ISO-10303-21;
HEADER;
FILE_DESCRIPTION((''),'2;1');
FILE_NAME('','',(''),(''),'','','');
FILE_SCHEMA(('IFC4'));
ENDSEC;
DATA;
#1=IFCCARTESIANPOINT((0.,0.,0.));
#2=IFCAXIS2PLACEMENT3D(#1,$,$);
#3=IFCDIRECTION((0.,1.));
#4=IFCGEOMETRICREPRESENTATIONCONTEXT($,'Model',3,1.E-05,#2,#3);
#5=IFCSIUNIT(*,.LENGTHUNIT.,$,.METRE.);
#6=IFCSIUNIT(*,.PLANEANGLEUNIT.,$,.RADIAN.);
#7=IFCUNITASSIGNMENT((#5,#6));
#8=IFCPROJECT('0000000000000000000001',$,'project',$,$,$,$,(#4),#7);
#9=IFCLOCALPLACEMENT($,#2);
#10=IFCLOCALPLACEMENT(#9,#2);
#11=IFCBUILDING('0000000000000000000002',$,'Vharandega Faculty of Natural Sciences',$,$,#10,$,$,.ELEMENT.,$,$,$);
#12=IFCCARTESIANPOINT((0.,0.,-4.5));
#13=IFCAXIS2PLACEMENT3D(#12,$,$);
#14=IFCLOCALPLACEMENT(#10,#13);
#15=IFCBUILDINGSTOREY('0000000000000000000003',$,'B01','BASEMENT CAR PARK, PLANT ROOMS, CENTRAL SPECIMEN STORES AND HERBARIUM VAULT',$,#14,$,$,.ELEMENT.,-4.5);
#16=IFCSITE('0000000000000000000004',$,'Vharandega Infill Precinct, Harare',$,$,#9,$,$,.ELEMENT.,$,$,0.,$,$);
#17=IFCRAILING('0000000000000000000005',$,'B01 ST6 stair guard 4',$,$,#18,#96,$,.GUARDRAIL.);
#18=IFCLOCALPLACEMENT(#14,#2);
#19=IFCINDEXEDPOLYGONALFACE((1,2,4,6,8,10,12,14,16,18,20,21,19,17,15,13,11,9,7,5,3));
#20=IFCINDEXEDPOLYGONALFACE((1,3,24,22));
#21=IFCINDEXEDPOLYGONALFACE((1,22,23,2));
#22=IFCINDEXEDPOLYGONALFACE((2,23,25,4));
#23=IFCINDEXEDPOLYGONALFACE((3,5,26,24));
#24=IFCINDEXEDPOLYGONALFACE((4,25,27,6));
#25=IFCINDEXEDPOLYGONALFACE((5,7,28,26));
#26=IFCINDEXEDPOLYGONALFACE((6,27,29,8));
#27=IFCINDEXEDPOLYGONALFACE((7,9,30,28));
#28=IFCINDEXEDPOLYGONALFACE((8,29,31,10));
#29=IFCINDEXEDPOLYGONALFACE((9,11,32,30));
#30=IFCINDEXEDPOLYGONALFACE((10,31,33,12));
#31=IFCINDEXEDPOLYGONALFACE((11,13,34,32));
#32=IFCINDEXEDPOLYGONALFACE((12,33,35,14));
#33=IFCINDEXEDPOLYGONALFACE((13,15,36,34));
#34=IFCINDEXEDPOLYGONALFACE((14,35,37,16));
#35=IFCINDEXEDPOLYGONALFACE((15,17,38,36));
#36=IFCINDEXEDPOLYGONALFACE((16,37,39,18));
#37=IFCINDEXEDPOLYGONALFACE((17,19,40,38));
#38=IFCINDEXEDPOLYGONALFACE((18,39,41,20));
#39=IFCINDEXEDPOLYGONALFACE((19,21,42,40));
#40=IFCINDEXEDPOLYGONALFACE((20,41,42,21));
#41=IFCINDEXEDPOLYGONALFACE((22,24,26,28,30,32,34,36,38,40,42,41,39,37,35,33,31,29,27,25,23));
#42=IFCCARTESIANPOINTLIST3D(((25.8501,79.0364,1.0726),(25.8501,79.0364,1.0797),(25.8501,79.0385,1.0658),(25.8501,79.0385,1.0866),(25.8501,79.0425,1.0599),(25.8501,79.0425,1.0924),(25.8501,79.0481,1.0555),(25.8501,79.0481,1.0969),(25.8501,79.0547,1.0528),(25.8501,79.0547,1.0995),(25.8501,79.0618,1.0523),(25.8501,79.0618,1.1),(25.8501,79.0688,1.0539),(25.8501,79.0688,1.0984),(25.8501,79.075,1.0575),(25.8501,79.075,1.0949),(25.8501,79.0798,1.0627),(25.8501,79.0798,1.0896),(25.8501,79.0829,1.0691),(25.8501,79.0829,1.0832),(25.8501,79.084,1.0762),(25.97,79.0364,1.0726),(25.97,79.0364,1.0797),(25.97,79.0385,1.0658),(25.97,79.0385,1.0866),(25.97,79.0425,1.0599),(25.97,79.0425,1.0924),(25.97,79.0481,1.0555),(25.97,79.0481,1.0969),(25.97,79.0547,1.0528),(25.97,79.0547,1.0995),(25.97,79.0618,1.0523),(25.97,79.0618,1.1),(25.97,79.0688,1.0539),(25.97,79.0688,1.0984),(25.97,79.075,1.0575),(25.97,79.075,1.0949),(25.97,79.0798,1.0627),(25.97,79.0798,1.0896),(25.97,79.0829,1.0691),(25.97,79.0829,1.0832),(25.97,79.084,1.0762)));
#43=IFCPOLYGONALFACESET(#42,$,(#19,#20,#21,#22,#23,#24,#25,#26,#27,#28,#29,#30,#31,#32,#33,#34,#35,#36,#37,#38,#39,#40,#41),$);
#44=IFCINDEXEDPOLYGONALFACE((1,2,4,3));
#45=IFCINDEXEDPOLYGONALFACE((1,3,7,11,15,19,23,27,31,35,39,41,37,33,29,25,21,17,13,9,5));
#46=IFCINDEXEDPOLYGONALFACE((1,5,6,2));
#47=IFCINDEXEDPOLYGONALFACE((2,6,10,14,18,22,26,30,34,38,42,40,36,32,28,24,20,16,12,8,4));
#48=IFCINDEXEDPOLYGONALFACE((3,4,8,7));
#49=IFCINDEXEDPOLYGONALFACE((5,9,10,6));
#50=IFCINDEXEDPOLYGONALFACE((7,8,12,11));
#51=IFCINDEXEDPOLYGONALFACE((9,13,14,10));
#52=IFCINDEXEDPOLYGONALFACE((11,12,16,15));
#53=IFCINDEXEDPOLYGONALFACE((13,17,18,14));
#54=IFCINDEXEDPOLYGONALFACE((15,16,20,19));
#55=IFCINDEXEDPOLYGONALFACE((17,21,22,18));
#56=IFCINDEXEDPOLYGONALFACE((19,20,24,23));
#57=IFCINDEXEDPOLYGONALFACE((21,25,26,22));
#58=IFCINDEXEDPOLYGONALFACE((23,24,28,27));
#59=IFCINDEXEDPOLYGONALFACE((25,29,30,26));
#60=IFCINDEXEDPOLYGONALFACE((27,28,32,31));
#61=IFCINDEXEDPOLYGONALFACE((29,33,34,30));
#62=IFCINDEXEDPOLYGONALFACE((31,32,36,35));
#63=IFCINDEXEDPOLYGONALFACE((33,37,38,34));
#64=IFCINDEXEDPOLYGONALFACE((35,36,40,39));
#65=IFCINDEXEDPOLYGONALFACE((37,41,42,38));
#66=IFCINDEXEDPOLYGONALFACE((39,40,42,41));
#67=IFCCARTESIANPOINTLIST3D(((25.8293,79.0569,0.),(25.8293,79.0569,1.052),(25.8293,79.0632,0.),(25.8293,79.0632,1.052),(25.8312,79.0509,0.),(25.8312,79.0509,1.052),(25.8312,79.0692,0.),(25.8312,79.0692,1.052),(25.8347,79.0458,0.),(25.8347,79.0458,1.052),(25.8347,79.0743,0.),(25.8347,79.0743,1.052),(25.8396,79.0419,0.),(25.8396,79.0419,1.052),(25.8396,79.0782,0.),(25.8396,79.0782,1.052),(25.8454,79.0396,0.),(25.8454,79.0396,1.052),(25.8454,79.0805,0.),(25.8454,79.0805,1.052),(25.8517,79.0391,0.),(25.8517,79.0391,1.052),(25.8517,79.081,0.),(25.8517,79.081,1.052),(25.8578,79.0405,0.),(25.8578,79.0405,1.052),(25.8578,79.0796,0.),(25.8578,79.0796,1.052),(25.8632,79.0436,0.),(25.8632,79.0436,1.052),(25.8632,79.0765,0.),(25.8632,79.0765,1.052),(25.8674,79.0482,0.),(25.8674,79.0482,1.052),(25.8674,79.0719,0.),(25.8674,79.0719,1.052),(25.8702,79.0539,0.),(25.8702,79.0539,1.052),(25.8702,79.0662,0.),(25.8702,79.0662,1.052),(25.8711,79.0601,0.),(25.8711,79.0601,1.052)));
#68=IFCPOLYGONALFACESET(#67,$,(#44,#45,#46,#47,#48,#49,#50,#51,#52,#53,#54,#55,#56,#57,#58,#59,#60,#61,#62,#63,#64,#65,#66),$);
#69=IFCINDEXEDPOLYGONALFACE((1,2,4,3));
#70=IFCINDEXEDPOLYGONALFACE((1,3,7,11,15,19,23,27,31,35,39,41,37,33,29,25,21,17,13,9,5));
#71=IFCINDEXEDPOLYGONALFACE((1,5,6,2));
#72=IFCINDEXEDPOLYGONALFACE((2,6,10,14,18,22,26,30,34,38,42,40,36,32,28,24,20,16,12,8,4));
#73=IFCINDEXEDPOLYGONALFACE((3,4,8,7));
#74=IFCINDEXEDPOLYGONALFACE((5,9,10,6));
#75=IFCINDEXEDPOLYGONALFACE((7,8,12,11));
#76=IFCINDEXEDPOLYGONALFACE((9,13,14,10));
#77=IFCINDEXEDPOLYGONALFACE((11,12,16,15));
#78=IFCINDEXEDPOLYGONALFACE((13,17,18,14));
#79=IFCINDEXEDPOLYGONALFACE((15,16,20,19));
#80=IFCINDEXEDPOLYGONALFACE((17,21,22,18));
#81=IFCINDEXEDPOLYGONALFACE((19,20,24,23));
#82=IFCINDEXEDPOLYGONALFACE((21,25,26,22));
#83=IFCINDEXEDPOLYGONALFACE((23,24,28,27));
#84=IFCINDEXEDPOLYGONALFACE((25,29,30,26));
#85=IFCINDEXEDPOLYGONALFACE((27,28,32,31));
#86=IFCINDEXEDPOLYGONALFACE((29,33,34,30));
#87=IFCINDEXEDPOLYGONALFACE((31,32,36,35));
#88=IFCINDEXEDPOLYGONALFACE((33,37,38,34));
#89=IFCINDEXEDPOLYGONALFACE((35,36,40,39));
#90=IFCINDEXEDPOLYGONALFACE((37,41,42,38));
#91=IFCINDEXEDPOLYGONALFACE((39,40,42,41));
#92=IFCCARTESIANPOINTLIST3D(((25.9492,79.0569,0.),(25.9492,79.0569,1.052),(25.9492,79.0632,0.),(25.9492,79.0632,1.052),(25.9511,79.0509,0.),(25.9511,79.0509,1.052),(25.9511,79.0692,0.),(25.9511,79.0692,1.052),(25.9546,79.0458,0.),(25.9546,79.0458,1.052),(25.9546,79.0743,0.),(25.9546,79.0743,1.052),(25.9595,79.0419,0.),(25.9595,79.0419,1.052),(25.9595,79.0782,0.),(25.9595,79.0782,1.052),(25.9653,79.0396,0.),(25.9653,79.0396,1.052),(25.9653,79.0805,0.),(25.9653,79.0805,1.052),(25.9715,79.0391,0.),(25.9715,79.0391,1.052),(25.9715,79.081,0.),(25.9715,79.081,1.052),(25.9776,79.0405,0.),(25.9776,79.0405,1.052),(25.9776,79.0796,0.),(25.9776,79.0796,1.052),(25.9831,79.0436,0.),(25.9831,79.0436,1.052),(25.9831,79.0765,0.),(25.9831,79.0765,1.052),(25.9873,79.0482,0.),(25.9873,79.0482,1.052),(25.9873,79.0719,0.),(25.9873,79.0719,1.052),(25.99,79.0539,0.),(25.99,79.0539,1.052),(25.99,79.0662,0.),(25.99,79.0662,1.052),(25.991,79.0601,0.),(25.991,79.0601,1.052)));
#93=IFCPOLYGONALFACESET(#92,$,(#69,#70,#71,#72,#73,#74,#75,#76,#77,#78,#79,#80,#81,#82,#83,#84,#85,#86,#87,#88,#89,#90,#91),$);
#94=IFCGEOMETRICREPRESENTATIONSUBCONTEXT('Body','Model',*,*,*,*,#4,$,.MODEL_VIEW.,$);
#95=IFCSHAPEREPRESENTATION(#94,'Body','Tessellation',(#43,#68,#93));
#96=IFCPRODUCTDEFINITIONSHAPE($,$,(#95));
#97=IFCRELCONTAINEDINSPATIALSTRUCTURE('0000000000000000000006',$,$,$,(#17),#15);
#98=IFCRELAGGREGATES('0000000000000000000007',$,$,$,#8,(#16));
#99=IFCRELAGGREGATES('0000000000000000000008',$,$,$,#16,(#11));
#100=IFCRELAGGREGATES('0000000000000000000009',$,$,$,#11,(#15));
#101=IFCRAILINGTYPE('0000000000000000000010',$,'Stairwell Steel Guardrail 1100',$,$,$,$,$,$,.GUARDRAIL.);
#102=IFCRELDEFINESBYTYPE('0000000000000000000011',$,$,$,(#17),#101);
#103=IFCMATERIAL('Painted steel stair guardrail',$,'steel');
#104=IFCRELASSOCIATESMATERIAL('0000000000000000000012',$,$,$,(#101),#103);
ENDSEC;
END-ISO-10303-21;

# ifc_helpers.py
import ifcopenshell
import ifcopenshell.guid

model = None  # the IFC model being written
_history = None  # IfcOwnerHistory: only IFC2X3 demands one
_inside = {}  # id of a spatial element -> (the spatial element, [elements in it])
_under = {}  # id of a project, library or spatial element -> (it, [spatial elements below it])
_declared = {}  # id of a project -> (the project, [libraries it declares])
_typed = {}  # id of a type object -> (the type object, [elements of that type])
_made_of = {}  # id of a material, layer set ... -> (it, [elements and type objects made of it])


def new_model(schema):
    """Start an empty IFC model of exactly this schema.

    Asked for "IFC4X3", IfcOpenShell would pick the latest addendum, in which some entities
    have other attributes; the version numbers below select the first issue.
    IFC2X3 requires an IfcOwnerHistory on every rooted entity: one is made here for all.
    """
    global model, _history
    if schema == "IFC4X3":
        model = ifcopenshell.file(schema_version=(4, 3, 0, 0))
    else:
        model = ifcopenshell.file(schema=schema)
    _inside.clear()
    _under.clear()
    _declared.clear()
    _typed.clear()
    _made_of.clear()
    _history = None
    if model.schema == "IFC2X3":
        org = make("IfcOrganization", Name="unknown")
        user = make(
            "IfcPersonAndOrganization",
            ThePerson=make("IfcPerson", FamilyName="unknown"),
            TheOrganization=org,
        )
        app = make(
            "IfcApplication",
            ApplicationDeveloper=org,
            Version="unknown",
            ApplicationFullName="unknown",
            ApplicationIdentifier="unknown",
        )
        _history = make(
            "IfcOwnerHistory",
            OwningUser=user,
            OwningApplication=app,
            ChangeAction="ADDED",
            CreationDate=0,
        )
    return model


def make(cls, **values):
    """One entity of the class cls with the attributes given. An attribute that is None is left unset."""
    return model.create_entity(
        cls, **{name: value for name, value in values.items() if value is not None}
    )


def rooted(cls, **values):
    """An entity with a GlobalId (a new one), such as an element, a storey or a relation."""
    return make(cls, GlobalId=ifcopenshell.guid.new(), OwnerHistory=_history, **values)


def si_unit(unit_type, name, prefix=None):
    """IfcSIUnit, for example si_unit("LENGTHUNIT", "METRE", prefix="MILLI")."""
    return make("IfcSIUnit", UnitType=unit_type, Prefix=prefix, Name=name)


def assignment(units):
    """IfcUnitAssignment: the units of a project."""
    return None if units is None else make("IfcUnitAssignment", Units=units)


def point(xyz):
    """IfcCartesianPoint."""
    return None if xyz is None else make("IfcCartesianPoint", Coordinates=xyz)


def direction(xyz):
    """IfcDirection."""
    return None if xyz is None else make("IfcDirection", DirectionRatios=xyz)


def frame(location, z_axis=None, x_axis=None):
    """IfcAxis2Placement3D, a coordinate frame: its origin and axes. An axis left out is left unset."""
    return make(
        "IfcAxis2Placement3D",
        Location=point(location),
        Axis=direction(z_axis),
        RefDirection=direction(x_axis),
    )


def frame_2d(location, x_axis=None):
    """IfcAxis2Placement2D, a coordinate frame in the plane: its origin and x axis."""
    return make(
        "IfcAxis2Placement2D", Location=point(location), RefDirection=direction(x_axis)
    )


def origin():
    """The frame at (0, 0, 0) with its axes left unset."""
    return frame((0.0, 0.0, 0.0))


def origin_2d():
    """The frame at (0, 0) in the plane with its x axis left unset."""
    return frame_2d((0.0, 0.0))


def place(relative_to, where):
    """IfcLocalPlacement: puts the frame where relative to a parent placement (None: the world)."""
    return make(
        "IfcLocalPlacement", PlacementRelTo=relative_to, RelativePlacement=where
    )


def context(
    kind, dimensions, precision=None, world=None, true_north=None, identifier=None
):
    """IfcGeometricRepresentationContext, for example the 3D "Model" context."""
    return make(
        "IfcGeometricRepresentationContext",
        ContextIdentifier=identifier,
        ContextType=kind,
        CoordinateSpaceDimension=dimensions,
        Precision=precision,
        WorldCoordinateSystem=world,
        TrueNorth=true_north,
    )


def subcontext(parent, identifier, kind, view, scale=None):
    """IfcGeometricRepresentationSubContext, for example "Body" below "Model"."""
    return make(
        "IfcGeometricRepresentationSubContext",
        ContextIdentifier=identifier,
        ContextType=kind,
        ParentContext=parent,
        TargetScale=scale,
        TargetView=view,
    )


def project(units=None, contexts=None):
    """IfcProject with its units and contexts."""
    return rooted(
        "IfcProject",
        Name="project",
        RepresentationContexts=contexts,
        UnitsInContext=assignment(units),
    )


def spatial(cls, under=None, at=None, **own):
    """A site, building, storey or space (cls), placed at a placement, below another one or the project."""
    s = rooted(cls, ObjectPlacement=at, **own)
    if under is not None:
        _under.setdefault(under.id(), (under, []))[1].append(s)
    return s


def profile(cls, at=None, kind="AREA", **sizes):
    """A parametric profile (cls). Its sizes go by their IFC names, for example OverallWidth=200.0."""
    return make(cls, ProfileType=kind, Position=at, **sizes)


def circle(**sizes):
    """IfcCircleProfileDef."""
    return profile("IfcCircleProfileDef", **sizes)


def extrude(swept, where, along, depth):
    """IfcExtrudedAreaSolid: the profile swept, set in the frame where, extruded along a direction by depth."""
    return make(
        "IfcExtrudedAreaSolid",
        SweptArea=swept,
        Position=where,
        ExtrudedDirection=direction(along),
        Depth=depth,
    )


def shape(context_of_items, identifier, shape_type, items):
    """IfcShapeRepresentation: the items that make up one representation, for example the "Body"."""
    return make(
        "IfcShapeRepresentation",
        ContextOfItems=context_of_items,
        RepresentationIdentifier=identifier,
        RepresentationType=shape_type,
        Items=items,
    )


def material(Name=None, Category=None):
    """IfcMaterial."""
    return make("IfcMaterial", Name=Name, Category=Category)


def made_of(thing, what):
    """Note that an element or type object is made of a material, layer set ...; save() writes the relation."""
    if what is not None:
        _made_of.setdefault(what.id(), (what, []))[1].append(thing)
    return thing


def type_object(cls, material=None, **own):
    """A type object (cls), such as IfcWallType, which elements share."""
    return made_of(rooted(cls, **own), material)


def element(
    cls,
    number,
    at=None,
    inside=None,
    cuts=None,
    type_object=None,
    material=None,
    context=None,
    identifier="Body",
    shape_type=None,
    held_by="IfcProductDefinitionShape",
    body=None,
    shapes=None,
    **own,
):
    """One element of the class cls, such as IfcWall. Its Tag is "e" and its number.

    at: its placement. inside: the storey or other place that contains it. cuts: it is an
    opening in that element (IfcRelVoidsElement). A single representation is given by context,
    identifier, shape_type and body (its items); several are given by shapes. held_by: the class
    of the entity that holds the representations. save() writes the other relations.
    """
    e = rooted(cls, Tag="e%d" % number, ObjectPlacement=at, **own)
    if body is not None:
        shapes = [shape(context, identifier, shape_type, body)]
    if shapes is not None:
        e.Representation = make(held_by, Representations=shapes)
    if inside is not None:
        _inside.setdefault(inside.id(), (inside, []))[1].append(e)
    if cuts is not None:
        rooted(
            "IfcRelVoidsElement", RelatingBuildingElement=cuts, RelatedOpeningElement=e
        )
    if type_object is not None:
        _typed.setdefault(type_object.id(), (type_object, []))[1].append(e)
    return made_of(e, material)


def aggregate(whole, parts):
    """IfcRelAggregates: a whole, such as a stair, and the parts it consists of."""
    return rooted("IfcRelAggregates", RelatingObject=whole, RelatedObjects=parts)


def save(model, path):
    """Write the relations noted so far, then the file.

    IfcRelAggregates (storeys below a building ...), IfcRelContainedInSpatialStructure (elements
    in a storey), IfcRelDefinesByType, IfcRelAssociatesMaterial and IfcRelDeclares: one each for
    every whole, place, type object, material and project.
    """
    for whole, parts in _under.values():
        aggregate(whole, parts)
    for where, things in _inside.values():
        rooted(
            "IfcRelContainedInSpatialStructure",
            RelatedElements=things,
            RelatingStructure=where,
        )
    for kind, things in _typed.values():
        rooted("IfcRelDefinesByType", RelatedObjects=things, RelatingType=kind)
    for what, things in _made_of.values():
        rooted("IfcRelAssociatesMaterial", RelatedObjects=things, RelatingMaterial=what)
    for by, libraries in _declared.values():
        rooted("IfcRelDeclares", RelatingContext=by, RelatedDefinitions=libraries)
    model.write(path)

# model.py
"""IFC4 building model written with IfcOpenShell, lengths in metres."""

from ifc_helpers import new_model, si_unit, direction, frame, origin, origin_2d, place, context, subcontext, project, spatial, circle, extrude, material, type_object, element, save


model = new_model("IFC4")

# Units and contexts
model_context = context("Model", 3, precision=1e-05, world=origin(), true_north=direction((0.0, 1.0)))
body_context = subcontext(model_context, "Body", "Model", "MODEL_VIEW")
ifc_project = project(units=[si_unit("LENGTHUNIT", "METRE"), si_unit("PLANEANGLEUNIT", "RADIAN")], contexts=[model_context])

# Site, building, storey
site_placement = place(None, origin())
site = spatial("IfcSite", under=ifc_project, at=site_placement, Name="Vharandega Infill Precinct, Harare", CompositionType="ELEMENT", RefElevation=0.0)
building_placement = place(site_placement, origin())
building = spatial("IfcBuilding", under=site, at=building_placement, Name="Vharandega Faculty of Natural Sciences", CompositionType="ELEMENT")
storey_placement = place(building_placement, frame((0.0, 0.0, -4.5)))
storey = spatial("IfcBuildingStorey", under=building, at=storey_placement, Name="B01", Description="BASEMENT CAR PARK, PLANT ROOMS, CENTRAL SPECIMEN STORES AND HERBARIUM VAULT", CompositionType="ELEMENT", Elevation=-4.5)

# Railing
ifc_material_1 = material(Name="Painted steel stair guardrail", Category="steel")
railing_type_1 = type_object("IfcRailingType", Name="Stairwell Steel Guardrail 1100", PredefinedType="GUARDRAIL", material=ifc_material_1)
railing_1_placement = place(storey_placement, frame((25.8501, 79.0601, 0.0)))
element("IfcRailing", 1, at=railing_1_placement, inside=storey, type_object=railing_type_1, Name="B01 ST6 stair guard 4", PredefinedType="GUARDRAIL", context=body_context, shape_type="SweptSolid", body=[
    extrude(circle(Radius=0.0239, at=origin_2d()), frame((0.0, 0.0, 1.0762), z_axis=(1.0, 0.0, 0.0), x_axis=(0.0, 1.0, 0.0)), (0.0, 0.0, 1.0), 0.1199),
    extrude(circle(Radius=0.021, at=origin_2d()), origin(), (0.0, 0.0, 1.0), 1.052),
    extrude(circle(Radius=0.021, at=origin_2d()), frame((0.1199, 0.0, 0.0)), (0.0, 0.0, 1.0), 1.052),
])

save(model, "model.ifc")
